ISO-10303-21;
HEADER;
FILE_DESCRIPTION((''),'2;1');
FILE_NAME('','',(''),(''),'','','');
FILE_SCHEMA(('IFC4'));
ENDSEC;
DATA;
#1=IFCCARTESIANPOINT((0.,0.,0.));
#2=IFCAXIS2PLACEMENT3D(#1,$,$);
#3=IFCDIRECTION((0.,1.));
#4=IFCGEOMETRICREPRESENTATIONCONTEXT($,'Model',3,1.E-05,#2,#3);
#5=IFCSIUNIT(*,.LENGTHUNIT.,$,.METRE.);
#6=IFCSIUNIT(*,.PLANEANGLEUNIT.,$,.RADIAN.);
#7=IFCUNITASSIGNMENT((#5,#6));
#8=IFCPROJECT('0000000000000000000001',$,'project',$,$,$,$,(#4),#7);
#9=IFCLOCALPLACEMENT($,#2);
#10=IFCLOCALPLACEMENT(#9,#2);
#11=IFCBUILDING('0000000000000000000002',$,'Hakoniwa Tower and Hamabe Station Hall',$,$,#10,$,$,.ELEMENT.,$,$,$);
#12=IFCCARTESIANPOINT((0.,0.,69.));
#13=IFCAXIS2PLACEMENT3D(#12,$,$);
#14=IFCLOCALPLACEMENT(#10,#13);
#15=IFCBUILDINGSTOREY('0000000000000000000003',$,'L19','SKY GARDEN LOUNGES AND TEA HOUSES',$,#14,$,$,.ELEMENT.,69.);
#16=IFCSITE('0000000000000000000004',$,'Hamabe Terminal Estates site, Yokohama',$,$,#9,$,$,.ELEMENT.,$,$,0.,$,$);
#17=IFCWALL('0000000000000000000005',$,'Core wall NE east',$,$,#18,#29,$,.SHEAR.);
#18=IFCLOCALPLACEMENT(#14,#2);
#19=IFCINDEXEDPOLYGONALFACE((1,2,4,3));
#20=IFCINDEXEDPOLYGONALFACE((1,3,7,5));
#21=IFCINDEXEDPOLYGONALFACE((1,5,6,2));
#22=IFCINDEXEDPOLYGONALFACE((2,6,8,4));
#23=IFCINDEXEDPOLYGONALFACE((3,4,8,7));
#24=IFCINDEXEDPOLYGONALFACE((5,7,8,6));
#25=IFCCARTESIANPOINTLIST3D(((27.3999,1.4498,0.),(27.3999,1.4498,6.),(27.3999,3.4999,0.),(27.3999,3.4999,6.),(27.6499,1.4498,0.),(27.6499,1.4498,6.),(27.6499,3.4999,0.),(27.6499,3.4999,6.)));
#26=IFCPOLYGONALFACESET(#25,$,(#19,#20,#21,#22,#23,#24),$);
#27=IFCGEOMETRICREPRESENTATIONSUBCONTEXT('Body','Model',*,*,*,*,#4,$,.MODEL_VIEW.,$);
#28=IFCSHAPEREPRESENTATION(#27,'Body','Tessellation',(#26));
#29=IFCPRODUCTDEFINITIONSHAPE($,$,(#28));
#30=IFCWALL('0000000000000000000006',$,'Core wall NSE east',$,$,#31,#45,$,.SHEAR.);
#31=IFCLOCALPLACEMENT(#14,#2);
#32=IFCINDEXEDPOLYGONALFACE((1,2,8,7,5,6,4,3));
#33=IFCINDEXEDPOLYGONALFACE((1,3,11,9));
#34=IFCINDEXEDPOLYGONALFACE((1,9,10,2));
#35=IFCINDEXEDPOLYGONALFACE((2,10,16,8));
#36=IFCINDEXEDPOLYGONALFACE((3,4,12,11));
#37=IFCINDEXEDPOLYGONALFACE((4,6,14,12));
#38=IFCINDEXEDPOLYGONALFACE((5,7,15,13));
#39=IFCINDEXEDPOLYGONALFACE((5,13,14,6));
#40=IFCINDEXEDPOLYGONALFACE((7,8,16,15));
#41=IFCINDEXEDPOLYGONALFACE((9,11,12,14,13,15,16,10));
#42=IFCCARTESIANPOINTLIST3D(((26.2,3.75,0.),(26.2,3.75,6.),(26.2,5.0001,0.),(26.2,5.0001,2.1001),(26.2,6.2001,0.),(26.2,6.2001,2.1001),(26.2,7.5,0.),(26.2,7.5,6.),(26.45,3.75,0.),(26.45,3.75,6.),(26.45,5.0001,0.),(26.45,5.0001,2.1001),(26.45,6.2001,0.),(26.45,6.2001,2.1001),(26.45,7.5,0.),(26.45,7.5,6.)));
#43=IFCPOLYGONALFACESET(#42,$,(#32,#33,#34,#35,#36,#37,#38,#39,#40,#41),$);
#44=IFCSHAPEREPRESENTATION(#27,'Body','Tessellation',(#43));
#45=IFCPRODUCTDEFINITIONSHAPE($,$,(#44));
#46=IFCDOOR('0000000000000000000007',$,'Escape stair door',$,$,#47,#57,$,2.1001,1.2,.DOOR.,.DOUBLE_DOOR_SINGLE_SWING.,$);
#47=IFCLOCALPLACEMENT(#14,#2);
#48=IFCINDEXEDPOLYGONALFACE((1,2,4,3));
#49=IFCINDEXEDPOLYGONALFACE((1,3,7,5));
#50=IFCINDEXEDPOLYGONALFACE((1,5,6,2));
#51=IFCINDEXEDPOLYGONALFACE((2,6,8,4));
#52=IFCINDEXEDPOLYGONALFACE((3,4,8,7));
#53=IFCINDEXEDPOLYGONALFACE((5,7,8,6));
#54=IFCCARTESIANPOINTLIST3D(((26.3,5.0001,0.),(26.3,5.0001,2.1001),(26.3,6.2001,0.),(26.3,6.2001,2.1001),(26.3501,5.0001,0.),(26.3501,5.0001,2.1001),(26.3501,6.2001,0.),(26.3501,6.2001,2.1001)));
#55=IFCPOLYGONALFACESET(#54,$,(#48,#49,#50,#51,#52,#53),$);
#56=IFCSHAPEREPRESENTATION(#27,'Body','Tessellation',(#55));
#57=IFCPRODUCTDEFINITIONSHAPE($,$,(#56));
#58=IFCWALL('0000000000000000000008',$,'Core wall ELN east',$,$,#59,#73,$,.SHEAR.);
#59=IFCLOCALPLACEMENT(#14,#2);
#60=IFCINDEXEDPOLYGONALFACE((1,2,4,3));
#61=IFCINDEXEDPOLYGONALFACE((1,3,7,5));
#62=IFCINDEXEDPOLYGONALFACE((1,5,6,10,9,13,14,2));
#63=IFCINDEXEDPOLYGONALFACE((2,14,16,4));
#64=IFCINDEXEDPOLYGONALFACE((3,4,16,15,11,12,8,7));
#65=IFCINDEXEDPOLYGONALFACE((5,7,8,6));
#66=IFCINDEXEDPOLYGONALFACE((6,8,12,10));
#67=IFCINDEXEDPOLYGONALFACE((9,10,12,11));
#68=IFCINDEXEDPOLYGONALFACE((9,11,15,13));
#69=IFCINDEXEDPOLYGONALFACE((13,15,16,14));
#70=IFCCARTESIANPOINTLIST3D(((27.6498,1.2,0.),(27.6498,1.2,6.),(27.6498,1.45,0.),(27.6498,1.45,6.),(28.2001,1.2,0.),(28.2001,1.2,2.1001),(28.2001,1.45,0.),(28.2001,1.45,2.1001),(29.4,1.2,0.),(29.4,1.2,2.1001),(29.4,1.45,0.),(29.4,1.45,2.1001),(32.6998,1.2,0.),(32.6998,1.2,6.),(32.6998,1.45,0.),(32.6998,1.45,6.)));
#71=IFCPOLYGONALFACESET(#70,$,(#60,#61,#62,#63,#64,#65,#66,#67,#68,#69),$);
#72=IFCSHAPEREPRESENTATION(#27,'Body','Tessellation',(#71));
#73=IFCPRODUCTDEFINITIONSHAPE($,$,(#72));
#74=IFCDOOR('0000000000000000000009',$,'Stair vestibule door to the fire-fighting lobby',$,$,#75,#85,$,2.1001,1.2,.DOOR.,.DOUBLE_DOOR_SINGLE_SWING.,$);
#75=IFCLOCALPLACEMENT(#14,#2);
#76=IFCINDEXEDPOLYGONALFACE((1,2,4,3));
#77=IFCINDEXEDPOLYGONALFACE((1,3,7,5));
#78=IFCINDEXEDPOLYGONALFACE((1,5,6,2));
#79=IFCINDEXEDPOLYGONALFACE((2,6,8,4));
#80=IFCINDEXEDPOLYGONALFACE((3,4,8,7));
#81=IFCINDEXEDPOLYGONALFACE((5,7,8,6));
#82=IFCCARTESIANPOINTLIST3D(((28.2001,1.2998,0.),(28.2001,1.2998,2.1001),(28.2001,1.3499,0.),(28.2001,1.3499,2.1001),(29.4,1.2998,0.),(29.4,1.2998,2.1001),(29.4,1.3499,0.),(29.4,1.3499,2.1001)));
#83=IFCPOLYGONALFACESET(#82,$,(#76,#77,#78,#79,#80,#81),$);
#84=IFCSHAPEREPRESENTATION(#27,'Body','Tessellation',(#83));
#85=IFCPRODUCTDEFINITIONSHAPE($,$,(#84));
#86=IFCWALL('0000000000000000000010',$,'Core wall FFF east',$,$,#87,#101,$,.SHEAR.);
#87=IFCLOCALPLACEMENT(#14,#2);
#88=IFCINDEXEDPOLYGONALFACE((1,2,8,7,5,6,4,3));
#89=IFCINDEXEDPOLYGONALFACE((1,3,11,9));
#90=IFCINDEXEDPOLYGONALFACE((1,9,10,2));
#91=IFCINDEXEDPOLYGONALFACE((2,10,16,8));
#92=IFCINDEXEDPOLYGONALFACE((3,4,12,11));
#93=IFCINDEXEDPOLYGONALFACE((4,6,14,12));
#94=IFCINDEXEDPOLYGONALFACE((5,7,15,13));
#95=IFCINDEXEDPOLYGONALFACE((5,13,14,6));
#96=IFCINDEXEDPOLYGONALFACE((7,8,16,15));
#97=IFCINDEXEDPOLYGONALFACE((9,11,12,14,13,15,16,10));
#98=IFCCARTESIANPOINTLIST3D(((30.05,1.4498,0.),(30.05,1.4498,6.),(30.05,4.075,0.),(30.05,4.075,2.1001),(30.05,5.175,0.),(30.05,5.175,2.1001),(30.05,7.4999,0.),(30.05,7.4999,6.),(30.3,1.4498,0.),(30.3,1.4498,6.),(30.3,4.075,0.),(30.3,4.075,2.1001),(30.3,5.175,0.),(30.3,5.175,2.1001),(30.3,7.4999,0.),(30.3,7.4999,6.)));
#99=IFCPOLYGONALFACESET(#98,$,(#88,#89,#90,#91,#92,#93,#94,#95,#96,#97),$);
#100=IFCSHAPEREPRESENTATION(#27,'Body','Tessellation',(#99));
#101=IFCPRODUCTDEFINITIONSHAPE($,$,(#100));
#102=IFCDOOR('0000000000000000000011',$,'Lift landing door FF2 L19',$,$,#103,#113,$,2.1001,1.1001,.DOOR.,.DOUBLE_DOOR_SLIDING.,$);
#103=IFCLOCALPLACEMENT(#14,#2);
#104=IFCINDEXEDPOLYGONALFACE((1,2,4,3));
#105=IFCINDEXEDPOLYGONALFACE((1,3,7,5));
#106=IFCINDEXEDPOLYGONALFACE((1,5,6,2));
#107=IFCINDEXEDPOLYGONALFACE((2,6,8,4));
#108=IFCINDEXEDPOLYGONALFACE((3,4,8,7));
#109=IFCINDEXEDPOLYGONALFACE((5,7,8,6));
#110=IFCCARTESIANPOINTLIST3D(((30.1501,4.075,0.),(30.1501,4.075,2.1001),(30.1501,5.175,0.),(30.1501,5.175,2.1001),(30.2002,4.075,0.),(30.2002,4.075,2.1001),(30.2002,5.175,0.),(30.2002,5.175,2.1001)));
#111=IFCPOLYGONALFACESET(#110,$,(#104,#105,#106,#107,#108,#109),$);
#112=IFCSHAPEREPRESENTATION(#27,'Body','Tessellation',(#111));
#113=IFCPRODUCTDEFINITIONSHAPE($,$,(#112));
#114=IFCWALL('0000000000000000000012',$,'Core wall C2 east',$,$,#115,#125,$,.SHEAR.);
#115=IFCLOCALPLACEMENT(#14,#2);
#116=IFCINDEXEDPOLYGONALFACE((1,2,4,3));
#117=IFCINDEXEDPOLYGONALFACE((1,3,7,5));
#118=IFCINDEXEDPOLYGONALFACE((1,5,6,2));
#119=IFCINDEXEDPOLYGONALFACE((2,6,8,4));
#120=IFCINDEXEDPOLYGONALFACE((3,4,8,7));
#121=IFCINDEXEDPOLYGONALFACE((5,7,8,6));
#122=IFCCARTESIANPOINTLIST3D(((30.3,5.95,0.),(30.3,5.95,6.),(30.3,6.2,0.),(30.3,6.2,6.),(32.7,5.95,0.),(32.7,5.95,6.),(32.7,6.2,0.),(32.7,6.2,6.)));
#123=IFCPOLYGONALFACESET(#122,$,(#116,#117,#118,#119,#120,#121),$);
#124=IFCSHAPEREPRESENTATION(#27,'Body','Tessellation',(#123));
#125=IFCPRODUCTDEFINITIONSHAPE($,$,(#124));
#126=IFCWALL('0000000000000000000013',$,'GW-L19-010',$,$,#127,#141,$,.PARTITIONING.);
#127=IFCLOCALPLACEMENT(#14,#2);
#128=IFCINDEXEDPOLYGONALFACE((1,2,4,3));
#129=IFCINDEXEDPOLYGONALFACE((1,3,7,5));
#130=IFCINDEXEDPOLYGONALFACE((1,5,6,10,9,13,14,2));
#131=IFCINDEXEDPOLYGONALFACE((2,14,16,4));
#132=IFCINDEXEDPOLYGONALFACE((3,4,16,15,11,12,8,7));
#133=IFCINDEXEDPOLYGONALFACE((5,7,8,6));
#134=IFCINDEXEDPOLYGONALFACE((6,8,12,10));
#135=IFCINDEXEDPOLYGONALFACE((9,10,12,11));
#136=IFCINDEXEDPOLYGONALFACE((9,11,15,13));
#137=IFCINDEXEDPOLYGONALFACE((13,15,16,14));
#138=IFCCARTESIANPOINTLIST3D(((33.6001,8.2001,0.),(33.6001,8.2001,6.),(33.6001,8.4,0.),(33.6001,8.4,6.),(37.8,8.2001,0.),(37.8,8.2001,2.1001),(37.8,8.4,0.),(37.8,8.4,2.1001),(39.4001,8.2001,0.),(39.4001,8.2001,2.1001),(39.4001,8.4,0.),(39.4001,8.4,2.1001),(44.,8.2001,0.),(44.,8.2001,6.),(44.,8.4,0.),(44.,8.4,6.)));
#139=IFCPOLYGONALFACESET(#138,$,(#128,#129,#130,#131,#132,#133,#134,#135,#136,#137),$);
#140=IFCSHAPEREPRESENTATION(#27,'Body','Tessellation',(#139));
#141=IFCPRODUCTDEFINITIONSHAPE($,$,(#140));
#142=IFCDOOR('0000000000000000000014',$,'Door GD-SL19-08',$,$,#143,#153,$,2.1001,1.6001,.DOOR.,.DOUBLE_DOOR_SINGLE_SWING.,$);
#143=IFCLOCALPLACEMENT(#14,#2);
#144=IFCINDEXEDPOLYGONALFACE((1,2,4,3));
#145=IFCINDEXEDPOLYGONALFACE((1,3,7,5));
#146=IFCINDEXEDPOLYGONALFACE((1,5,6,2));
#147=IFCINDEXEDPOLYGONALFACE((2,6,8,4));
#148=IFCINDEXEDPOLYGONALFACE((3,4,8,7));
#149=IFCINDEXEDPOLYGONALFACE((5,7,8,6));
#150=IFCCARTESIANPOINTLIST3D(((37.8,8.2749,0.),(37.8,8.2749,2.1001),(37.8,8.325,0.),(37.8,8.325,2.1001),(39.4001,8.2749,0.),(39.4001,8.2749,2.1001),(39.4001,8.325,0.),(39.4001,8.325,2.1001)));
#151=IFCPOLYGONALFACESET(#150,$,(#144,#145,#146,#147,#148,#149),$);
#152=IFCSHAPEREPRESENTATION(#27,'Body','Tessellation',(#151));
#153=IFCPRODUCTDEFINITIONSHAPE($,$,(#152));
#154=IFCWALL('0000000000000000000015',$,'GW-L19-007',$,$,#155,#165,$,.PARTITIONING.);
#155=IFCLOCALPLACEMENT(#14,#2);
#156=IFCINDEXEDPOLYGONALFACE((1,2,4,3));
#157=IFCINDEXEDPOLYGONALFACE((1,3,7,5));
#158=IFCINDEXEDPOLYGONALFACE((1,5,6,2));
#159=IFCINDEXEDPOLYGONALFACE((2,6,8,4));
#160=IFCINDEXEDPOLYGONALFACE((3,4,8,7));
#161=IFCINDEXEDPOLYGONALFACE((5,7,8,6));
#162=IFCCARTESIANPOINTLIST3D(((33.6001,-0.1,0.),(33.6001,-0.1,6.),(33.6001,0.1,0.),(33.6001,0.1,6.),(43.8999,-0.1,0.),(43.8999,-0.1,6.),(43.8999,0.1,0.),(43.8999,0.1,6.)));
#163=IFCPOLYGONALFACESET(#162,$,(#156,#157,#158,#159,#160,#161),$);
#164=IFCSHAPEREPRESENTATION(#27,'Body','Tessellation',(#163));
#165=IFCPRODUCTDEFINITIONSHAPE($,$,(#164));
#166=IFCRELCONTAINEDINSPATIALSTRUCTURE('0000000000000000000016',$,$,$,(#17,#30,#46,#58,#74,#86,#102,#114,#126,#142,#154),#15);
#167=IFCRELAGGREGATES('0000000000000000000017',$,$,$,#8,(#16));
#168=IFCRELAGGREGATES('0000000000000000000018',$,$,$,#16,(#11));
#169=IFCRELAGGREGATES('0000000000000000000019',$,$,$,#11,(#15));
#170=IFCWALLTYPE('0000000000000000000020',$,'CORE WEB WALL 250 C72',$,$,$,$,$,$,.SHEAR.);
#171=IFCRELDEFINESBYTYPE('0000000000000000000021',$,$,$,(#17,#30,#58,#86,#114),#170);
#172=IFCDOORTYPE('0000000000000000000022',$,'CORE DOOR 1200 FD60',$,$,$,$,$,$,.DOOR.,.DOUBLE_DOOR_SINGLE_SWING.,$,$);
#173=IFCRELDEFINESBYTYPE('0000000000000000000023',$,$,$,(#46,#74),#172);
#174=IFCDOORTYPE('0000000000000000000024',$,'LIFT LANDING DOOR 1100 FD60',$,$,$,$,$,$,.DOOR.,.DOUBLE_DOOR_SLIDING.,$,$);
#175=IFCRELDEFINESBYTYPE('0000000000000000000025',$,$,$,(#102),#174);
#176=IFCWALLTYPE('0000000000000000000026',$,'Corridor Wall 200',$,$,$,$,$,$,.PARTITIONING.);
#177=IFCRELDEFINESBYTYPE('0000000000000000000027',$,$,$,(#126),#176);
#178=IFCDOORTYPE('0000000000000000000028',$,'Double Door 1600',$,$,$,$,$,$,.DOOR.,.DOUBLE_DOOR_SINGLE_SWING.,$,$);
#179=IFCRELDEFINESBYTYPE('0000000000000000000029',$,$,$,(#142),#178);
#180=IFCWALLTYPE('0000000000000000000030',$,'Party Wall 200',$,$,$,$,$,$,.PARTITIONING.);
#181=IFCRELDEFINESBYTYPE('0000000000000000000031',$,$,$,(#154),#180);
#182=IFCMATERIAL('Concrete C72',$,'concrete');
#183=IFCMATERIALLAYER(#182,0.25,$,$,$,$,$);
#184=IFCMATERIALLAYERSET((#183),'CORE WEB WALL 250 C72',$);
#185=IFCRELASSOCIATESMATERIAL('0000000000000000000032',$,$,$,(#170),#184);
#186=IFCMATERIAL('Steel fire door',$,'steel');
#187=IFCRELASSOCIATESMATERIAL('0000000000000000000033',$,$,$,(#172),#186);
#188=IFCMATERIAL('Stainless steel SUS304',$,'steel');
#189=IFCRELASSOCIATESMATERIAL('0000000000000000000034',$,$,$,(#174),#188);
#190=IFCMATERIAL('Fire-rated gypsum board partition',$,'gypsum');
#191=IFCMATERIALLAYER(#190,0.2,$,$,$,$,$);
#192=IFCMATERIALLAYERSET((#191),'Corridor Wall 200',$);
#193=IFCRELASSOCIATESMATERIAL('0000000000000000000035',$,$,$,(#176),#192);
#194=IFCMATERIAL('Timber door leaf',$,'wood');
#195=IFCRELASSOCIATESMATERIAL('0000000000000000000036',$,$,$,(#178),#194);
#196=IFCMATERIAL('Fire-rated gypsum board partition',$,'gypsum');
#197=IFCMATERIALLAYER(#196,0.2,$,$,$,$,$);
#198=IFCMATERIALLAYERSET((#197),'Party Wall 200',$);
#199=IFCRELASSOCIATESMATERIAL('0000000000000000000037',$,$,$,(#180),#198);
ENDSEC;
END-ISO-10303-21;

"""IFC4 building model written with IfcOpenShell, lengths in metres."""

from ifc_helpers import new_model, si_unit, direction, frame, frame_2d, origin, place, context, subcontext, project, spatial, rectangle, extrude, material, layer, layer_set, type_object, element, fill, save


model = new_model("IFC4")

# Units and contexts
model_context = context("Model", 3, precision=1e-05, world=origin(), true_north=direction((0.0, 1.0)))
body_context = subcontext(model_context, "Body", "Model", "MODEL_VIEW")
ifc_project = project(units=[si_unit("LENGTHUNIT", "METRE"), si_unit("PLANEANGLEUNIT", "RADIAN")], contexts=[model_context])

# Site, building, storey
site_placement = place(None, origin())
site = spatial("IfcSite", under=ifc_project, at=site_placement, Name="Hamabe Terminal Estates site, Yokohama", CompositionType="ELEMENT", RefElevation=0.0)
building_placement = place(site_placement, origin())
building = spatial("IfcBuilding", under=site, at=building_placement, Name="Hakoniwa Tower and Hamabe Station Hall", CompositionType="ELEMENT")
storey_placement = place(building_placement, frame((0.0, 0.0, 69.0)))
storey = spatial("IfcBuildingStorey", under=building, at=storey_placement, Name="L19", Description="SKY GARDEN LOUNGES AND TEA HOUSES", CompositionType="ELEMENT", Elevation=69.0)

# Wall
ifc_material_1 = material(Name="Concrete C72", Category="concrete")
ifc_layer_1 = layer(ifc_material_1, 0.25)
ifc_layer_set_1 = layer_set([ifc_layer_1], Name="CORE WEB WALL 250 C72")
wall_type_1 = type_object("IfcWallType", Name="CORE WEB WALL 250 C72", PredefinedType="SHEAR", material=ifc_layer_set_1)
wall_1_placement = place(storey_placement, frame((27.5249, 1.45, 0.0), z_axis=(0.0, 0.0, 1.0), x_axis=(0.0, 1.0, 0.0)))
element("IfcWall", 1, at=wall_1_placement, inside=storey, type_object=wall_type_1, Name="Core wall NE east", PredefinedType="SHEAR", context=body_context, shape_type="SweptSolid", body=[
    extrude(rectangle(XDim=2.05, YDim=0.25, at=frame_2d((1.0249, 0.0))), origin(), (0.0, 0.0, 1.0), 6.0),
])

# Walls, openings, doors
wall_2_placement = place(storey_placement, frame((26.325, 3.75, 0.0), z_axis=(0.0, 0.0, 1.0), x_axis=(0.0, 1.0, 0.0)))
wall_2 = element("IfcWall", 2, at=wall_2_placement, inside=storey, type_object=wall_type_1, Name="Core wall NSE east", PredefinedType="SHEAR", context=body_context, shape_type="SweptSolid", body=[
    extrude(rectangle(XDim=3.75, YDim=0.25, at=frame_2d((1.875, 0.0))), origin(), (0.0, 0.0, 1.0), 6.0),
])
opening_1_placement = place(wall_2_placement, frame((1.25, 0.0, 0.0)))
opening_1 = element("IfcOpeningElement", 3, at=opening_1_placement, cuts=wall_2, PredefinedType="OPENING", context=body_context, shape_type="SweptSolid", body=[
    extrude(rectangle(XDim=1.2, YDim=2.1001, at=frame_2d((0.6001, 1.05))), frame((0.0, 0.135, 0.0), z_axis=(0.0, -1.0, 0.0), x_axis=(1.0, 0.0, 0.0)), (0.0, 0.0, 1.0), 0.27),
])
ifc_material_2 = material(Name="Steel fire door", Category="steel")
door_type_1 = type_object("IfcDoorType", Name="CORE DOOR 1200 FD60", OperationType="DOUBLE_DOOR_SINGLE_SWING", PredefinedType="DOOR", material=ifc_material_2)
door_1_placement = place(opening_1_placement, origin())
door_1 = element("IfcDoor", 4, at=door_1_placement, inside=storey, type_object=door_type_1, Name="Escape stair door", OperationType="DOUBLE_DOOR_SINGLE_SWING", OverallHeight=2.1001, OverallWidth=1.2, PredefinedType="DOOR", context=body_context, shape_type="SweptSolid", body=[
    extrude(rectangle(XDim=1.2, YDim=2.1001, at=frame_2d((0.6001, 1.05))), frame((0.0, 0.0249, 0.0), z_axis=(0.0, -1.0, 0.0), x_axis=(1.0, 0.0, 0.0)), (0.0, 0.0, 1.0), 0.05),
])
fill(opening_1, door_1)
wall_3_placement = place(storey_placement, frame((27.6499, 1.325, 0.0), z_axis=(0.0, 0.0, 1.0), x_axis=(1.0, 0.0, 0.0)))
wall_3 = element("IfcWall", 5, at=wall_3_placement, inside=storey, type_object=wall_type_1, Name="Core wall ELN east", PredefinedType="SHEAR", context=body_context, shape_type="SweptSolid", body=[
    extrude(rectangle(XDim=5.05, YDim=0.25, at=frame_2d((2.5249, 0.0))), origin(), (0.0, 0.0, 1.0), 6.0),
])
opening_2_placement = place(wall_3_placement, frame((0.55, 0.0, 0.0)))
opening_2 = element("IfcOpeningElement", 6, at=opening_2_placement, cuts=wall_3, PredefinedType="OPENING", context=body_context, shape_type="SweptSolid", body=[
    extrude(rectangle(XDim=1.2, YDim=2.1001, at=frame_2d((0.6001, 1.05))), frame((0.0, 0.135, 0.0), z_axis=(0.0, -1.0, 0.0), x_axis=(1.0, 0.0, 0.0)), (0.0, 0.0, 1.0), 0.27),
])
door_2_placement = place(opening_2_placement, origin())
door_2 = element("IfcDoor", 7, at=door_2_placement, inside=storey, type_object=door_type_1, Name="Stair vestibule door to the fire-fighting lobby", OperationType="DOUBLE_DOOR_SINGLE_SWING", OverallHeight=2.1001, OverallWidth=1.2, PredefinedType="DOOR", context=body_context, shape_type="SweptSolid", body=[
    extrude(rectangle(XDim=1.2, YDim=2.1001, at=frame_2d((0.6001, 1.05))), frame((0.0, 0.0249, 0.0), z_axis=(0.0, -1.0, 0.0), x_axis=(1.0, 0.0, 0.0)), (0.0, 0.0, 1.0), 0.05),
])
fill(opening_2, door_2)
wall_4_placement = place(storey_placement, frame((30.175, 1.45, 0.0), z_axis=(0.0, 0.0, 1.0), x_axis=(0.0, 1.0, 0.0)))
wall_4 = element("IfcWall", 8, at=wall_4_placement, inside=storey, type_object=wall_type_1, Name="Core wall FFF east", PredefinedType="SHEAR", context=body_context, shape_type="SweptSolid", body=[
    extrude(rectangle(XDim=6.05, YDim=0.25, at=frame_2d((3.0249, 0.0))), origin(), (0.0, 0.0, 1.0), 6.0),
])
opening_3_placement = place(wall_4_placement, frame((2.625, 0.0, 0.0)))
opening_3 = element("IfcOpeningElement", 9, at=opening_3_placement, cuts=wall_4, PredefinedType="OPENING", context=body_context, shape_type="SweptSolid", body=[
    extrude(rectangle(XDim=1.1001, YDim=2.1001, at=frame_2d((0.55, 1.05))), frame((0.0, 0.135, 0.0), z_axis=(0.0, -1.0, 0.0), x_axis=(1.0, 0.0, 0.0)), (0.0, 0.0, 1.0), 0.27),
])
ifc_material_3 = material(Name="Stainless steel SUS304", Category="steel")
door_type_2 = type_object("IfcDoorType", Name="LIFT LANDING DOOR 1100 FD60", OperationType="DOUBLE_DOOR_SLIDING", PredefinedType="DOOR", material=ifc_material_3)
door_3_placement = place(opening_3_placement, origin())
door_3 = element("IfcDoor", 10, at=door_3_placement, inside=storey, type_object=door_type_2, Name="Lift landing door FF2 L19", OperationType="DOUBLE_DOOR_SLIDING", OverallHeight=2.1001, OverallWidth=1.1001, PredefinedType="DOOR", context=body_context, shape_type="SweptSolid", body=[
    extrude(rectangle(XDim=1.1001, YDim=2.1001, at=frame_2d((0.55, 1.05))), frame((0.0, 0.0249, 0.0), z_axis=(0.0, -1.0, 0.0), x_axis=(1.0, 0.0, 0.0)), (0.0, 0.0, 1.0), 0.05),
])
fill(opening_3, door_3)

# Wall
wall_5_placement = place(storey_placement, frame((30.3, 6.075, 0.0), z_axis=(0.0, 0.0, 1.0), x_axis=(1.0, 0.0, 0.0)))
element("IfcWall", 11, at=wall_5_placement, inside=storey, type_object=wall_type_1, Name="Core wall C2 east", PredefinedType="SHEAR", context=body_context, shape_type="SweptSolid", body=[
    extrude(rectangle(XDim=2.3999, YDim=0.25, at=frame_2d((1.2, 0.0))), origin(), (0.0, 0.0, 1.0), 6.0),
])

# Wall, opening, door
ifc_material_4 = material(Name="Fire-rated gypsum board partition", Category="gypsum")
ifc_layer_2 = layer(ifc_material_4, 0.2)
ifc_layer_set_2 = layer_set([ifc_layer_2], Name="Corridor Wall 200")
wall_type_2 = type_object("IfcWallType", Name="Corridor Wall 200", PredefinedType="PARTITIONING", material=ifc_layer_set_2)
wall_6_placement = place(storey_placement, frame((33.6001, 8.3, 0.0), z_axis=(0.0, 0.0, 1.0), x_axis=(1.0, 0.0, 0.0)))
wall_6 = element("IfcWall", 12, at=wall_6_placement, inside=storey, type_object=wall_type_2, Name="GW-L19-010", PredefinedType="PARTITIONING", context=body_context, shape_type="SweptSolid", body=[
    extrude(rectangle(XDim=10.3999, YDim=0.2, at=frame_2d((5.2, 0.0))), origin(), (0.0, 0.0, 1.0), 6.0),
])
opening_4_placement = place(wall_6_placement, frame((4.2, 0.0, 0.0)))
opening_4 = element("IfcOpeningElement", 13, at=opening_4_placement, cuts=wall_6, PredefinedType="OPENING", context=body_context, shape_type="SweptSolid", body=[
    extrude(rectangle(XDim=1.6001, YDim=2.1001, at=frame_2d((0.8, 1.05))), frame((0.0, 0.1099, 0.0), z_axis=(0.0, -1.0, 0.0), x_axis=(1.0, 0.0, 0.0)), (0.0, 0.0, 1.0), 0.22),
])
ifc_material_5 = material(Name="Timber door leaf", Category="wood")
door_type_3 = type_object("IfcDoorType", Name="Double Door 1600", OperationType="DOUBLE_DOOR_SINGLE_SWING", PredefinedType="DOOR", material=ifc_material_5)
door_4_placement = place(opening_4_placement, origin())
door_4 = element("IfcDoor", 14, at=door_4_placement, inside=storey, type_object=door_type_3, Name="Door GD-SL19-08", OperationType="DOUBLE_DOOR_SINGLE_SWING", OverallHeight=2.1001, OverallWidth=1.6001, PredefinedType="DOOR", context=body_context, shape_type="SweptSolid", body=[
    extrude(rectangle(XDim=1.6001, YDim=2.1001, at=frame_2d((0.8, 1.05))), frame((0.0, 0.0249, 0.0), z_axis=(0.0, -1.0, 0.0), x_axis=(1.0, 0.0, 0.0)), (0.0, 0.0, 1.0), 0.05),
])
fill(opening_4, door_4)

# Wall
ifc_material_6 = material(Name="Fire-rated gypsum board partition", Category="gypsum")
ifc_layer_3 = layer(ifc_material_6, 0.2)
ifc_layer_set_3 = layer_set([ifc_layer_3], Name="Party Wall 200")
wall_type_3 = type_object("IfcWallType", Name="Party Wall 200", PredefinedType="PARTITIONING", material=ifc_layer_set_3)
wall_7_placement = place(storey_placement, frame((33.6001, 0.0, 0.0), z_axis=(0.0, 0.0, 1.0), x_axis=(1.0, 0.0, 0.0)))
element("IfcWall", 15, at=wall_7_placement, inside=storey, type_object=wall_type_3, Name="GW-L19-007", PredefinedType="PARTITIONING", context=body_context, shape_type="SweptSolid", body=[
    extrude(rectangle(XDim=10.2998, YDim=0.2, at=frame_2d((5.1499, 0.0))), origin(), (0.0, 0.0, 1.0), 6.0),
])

save(model, "model.ifc")
